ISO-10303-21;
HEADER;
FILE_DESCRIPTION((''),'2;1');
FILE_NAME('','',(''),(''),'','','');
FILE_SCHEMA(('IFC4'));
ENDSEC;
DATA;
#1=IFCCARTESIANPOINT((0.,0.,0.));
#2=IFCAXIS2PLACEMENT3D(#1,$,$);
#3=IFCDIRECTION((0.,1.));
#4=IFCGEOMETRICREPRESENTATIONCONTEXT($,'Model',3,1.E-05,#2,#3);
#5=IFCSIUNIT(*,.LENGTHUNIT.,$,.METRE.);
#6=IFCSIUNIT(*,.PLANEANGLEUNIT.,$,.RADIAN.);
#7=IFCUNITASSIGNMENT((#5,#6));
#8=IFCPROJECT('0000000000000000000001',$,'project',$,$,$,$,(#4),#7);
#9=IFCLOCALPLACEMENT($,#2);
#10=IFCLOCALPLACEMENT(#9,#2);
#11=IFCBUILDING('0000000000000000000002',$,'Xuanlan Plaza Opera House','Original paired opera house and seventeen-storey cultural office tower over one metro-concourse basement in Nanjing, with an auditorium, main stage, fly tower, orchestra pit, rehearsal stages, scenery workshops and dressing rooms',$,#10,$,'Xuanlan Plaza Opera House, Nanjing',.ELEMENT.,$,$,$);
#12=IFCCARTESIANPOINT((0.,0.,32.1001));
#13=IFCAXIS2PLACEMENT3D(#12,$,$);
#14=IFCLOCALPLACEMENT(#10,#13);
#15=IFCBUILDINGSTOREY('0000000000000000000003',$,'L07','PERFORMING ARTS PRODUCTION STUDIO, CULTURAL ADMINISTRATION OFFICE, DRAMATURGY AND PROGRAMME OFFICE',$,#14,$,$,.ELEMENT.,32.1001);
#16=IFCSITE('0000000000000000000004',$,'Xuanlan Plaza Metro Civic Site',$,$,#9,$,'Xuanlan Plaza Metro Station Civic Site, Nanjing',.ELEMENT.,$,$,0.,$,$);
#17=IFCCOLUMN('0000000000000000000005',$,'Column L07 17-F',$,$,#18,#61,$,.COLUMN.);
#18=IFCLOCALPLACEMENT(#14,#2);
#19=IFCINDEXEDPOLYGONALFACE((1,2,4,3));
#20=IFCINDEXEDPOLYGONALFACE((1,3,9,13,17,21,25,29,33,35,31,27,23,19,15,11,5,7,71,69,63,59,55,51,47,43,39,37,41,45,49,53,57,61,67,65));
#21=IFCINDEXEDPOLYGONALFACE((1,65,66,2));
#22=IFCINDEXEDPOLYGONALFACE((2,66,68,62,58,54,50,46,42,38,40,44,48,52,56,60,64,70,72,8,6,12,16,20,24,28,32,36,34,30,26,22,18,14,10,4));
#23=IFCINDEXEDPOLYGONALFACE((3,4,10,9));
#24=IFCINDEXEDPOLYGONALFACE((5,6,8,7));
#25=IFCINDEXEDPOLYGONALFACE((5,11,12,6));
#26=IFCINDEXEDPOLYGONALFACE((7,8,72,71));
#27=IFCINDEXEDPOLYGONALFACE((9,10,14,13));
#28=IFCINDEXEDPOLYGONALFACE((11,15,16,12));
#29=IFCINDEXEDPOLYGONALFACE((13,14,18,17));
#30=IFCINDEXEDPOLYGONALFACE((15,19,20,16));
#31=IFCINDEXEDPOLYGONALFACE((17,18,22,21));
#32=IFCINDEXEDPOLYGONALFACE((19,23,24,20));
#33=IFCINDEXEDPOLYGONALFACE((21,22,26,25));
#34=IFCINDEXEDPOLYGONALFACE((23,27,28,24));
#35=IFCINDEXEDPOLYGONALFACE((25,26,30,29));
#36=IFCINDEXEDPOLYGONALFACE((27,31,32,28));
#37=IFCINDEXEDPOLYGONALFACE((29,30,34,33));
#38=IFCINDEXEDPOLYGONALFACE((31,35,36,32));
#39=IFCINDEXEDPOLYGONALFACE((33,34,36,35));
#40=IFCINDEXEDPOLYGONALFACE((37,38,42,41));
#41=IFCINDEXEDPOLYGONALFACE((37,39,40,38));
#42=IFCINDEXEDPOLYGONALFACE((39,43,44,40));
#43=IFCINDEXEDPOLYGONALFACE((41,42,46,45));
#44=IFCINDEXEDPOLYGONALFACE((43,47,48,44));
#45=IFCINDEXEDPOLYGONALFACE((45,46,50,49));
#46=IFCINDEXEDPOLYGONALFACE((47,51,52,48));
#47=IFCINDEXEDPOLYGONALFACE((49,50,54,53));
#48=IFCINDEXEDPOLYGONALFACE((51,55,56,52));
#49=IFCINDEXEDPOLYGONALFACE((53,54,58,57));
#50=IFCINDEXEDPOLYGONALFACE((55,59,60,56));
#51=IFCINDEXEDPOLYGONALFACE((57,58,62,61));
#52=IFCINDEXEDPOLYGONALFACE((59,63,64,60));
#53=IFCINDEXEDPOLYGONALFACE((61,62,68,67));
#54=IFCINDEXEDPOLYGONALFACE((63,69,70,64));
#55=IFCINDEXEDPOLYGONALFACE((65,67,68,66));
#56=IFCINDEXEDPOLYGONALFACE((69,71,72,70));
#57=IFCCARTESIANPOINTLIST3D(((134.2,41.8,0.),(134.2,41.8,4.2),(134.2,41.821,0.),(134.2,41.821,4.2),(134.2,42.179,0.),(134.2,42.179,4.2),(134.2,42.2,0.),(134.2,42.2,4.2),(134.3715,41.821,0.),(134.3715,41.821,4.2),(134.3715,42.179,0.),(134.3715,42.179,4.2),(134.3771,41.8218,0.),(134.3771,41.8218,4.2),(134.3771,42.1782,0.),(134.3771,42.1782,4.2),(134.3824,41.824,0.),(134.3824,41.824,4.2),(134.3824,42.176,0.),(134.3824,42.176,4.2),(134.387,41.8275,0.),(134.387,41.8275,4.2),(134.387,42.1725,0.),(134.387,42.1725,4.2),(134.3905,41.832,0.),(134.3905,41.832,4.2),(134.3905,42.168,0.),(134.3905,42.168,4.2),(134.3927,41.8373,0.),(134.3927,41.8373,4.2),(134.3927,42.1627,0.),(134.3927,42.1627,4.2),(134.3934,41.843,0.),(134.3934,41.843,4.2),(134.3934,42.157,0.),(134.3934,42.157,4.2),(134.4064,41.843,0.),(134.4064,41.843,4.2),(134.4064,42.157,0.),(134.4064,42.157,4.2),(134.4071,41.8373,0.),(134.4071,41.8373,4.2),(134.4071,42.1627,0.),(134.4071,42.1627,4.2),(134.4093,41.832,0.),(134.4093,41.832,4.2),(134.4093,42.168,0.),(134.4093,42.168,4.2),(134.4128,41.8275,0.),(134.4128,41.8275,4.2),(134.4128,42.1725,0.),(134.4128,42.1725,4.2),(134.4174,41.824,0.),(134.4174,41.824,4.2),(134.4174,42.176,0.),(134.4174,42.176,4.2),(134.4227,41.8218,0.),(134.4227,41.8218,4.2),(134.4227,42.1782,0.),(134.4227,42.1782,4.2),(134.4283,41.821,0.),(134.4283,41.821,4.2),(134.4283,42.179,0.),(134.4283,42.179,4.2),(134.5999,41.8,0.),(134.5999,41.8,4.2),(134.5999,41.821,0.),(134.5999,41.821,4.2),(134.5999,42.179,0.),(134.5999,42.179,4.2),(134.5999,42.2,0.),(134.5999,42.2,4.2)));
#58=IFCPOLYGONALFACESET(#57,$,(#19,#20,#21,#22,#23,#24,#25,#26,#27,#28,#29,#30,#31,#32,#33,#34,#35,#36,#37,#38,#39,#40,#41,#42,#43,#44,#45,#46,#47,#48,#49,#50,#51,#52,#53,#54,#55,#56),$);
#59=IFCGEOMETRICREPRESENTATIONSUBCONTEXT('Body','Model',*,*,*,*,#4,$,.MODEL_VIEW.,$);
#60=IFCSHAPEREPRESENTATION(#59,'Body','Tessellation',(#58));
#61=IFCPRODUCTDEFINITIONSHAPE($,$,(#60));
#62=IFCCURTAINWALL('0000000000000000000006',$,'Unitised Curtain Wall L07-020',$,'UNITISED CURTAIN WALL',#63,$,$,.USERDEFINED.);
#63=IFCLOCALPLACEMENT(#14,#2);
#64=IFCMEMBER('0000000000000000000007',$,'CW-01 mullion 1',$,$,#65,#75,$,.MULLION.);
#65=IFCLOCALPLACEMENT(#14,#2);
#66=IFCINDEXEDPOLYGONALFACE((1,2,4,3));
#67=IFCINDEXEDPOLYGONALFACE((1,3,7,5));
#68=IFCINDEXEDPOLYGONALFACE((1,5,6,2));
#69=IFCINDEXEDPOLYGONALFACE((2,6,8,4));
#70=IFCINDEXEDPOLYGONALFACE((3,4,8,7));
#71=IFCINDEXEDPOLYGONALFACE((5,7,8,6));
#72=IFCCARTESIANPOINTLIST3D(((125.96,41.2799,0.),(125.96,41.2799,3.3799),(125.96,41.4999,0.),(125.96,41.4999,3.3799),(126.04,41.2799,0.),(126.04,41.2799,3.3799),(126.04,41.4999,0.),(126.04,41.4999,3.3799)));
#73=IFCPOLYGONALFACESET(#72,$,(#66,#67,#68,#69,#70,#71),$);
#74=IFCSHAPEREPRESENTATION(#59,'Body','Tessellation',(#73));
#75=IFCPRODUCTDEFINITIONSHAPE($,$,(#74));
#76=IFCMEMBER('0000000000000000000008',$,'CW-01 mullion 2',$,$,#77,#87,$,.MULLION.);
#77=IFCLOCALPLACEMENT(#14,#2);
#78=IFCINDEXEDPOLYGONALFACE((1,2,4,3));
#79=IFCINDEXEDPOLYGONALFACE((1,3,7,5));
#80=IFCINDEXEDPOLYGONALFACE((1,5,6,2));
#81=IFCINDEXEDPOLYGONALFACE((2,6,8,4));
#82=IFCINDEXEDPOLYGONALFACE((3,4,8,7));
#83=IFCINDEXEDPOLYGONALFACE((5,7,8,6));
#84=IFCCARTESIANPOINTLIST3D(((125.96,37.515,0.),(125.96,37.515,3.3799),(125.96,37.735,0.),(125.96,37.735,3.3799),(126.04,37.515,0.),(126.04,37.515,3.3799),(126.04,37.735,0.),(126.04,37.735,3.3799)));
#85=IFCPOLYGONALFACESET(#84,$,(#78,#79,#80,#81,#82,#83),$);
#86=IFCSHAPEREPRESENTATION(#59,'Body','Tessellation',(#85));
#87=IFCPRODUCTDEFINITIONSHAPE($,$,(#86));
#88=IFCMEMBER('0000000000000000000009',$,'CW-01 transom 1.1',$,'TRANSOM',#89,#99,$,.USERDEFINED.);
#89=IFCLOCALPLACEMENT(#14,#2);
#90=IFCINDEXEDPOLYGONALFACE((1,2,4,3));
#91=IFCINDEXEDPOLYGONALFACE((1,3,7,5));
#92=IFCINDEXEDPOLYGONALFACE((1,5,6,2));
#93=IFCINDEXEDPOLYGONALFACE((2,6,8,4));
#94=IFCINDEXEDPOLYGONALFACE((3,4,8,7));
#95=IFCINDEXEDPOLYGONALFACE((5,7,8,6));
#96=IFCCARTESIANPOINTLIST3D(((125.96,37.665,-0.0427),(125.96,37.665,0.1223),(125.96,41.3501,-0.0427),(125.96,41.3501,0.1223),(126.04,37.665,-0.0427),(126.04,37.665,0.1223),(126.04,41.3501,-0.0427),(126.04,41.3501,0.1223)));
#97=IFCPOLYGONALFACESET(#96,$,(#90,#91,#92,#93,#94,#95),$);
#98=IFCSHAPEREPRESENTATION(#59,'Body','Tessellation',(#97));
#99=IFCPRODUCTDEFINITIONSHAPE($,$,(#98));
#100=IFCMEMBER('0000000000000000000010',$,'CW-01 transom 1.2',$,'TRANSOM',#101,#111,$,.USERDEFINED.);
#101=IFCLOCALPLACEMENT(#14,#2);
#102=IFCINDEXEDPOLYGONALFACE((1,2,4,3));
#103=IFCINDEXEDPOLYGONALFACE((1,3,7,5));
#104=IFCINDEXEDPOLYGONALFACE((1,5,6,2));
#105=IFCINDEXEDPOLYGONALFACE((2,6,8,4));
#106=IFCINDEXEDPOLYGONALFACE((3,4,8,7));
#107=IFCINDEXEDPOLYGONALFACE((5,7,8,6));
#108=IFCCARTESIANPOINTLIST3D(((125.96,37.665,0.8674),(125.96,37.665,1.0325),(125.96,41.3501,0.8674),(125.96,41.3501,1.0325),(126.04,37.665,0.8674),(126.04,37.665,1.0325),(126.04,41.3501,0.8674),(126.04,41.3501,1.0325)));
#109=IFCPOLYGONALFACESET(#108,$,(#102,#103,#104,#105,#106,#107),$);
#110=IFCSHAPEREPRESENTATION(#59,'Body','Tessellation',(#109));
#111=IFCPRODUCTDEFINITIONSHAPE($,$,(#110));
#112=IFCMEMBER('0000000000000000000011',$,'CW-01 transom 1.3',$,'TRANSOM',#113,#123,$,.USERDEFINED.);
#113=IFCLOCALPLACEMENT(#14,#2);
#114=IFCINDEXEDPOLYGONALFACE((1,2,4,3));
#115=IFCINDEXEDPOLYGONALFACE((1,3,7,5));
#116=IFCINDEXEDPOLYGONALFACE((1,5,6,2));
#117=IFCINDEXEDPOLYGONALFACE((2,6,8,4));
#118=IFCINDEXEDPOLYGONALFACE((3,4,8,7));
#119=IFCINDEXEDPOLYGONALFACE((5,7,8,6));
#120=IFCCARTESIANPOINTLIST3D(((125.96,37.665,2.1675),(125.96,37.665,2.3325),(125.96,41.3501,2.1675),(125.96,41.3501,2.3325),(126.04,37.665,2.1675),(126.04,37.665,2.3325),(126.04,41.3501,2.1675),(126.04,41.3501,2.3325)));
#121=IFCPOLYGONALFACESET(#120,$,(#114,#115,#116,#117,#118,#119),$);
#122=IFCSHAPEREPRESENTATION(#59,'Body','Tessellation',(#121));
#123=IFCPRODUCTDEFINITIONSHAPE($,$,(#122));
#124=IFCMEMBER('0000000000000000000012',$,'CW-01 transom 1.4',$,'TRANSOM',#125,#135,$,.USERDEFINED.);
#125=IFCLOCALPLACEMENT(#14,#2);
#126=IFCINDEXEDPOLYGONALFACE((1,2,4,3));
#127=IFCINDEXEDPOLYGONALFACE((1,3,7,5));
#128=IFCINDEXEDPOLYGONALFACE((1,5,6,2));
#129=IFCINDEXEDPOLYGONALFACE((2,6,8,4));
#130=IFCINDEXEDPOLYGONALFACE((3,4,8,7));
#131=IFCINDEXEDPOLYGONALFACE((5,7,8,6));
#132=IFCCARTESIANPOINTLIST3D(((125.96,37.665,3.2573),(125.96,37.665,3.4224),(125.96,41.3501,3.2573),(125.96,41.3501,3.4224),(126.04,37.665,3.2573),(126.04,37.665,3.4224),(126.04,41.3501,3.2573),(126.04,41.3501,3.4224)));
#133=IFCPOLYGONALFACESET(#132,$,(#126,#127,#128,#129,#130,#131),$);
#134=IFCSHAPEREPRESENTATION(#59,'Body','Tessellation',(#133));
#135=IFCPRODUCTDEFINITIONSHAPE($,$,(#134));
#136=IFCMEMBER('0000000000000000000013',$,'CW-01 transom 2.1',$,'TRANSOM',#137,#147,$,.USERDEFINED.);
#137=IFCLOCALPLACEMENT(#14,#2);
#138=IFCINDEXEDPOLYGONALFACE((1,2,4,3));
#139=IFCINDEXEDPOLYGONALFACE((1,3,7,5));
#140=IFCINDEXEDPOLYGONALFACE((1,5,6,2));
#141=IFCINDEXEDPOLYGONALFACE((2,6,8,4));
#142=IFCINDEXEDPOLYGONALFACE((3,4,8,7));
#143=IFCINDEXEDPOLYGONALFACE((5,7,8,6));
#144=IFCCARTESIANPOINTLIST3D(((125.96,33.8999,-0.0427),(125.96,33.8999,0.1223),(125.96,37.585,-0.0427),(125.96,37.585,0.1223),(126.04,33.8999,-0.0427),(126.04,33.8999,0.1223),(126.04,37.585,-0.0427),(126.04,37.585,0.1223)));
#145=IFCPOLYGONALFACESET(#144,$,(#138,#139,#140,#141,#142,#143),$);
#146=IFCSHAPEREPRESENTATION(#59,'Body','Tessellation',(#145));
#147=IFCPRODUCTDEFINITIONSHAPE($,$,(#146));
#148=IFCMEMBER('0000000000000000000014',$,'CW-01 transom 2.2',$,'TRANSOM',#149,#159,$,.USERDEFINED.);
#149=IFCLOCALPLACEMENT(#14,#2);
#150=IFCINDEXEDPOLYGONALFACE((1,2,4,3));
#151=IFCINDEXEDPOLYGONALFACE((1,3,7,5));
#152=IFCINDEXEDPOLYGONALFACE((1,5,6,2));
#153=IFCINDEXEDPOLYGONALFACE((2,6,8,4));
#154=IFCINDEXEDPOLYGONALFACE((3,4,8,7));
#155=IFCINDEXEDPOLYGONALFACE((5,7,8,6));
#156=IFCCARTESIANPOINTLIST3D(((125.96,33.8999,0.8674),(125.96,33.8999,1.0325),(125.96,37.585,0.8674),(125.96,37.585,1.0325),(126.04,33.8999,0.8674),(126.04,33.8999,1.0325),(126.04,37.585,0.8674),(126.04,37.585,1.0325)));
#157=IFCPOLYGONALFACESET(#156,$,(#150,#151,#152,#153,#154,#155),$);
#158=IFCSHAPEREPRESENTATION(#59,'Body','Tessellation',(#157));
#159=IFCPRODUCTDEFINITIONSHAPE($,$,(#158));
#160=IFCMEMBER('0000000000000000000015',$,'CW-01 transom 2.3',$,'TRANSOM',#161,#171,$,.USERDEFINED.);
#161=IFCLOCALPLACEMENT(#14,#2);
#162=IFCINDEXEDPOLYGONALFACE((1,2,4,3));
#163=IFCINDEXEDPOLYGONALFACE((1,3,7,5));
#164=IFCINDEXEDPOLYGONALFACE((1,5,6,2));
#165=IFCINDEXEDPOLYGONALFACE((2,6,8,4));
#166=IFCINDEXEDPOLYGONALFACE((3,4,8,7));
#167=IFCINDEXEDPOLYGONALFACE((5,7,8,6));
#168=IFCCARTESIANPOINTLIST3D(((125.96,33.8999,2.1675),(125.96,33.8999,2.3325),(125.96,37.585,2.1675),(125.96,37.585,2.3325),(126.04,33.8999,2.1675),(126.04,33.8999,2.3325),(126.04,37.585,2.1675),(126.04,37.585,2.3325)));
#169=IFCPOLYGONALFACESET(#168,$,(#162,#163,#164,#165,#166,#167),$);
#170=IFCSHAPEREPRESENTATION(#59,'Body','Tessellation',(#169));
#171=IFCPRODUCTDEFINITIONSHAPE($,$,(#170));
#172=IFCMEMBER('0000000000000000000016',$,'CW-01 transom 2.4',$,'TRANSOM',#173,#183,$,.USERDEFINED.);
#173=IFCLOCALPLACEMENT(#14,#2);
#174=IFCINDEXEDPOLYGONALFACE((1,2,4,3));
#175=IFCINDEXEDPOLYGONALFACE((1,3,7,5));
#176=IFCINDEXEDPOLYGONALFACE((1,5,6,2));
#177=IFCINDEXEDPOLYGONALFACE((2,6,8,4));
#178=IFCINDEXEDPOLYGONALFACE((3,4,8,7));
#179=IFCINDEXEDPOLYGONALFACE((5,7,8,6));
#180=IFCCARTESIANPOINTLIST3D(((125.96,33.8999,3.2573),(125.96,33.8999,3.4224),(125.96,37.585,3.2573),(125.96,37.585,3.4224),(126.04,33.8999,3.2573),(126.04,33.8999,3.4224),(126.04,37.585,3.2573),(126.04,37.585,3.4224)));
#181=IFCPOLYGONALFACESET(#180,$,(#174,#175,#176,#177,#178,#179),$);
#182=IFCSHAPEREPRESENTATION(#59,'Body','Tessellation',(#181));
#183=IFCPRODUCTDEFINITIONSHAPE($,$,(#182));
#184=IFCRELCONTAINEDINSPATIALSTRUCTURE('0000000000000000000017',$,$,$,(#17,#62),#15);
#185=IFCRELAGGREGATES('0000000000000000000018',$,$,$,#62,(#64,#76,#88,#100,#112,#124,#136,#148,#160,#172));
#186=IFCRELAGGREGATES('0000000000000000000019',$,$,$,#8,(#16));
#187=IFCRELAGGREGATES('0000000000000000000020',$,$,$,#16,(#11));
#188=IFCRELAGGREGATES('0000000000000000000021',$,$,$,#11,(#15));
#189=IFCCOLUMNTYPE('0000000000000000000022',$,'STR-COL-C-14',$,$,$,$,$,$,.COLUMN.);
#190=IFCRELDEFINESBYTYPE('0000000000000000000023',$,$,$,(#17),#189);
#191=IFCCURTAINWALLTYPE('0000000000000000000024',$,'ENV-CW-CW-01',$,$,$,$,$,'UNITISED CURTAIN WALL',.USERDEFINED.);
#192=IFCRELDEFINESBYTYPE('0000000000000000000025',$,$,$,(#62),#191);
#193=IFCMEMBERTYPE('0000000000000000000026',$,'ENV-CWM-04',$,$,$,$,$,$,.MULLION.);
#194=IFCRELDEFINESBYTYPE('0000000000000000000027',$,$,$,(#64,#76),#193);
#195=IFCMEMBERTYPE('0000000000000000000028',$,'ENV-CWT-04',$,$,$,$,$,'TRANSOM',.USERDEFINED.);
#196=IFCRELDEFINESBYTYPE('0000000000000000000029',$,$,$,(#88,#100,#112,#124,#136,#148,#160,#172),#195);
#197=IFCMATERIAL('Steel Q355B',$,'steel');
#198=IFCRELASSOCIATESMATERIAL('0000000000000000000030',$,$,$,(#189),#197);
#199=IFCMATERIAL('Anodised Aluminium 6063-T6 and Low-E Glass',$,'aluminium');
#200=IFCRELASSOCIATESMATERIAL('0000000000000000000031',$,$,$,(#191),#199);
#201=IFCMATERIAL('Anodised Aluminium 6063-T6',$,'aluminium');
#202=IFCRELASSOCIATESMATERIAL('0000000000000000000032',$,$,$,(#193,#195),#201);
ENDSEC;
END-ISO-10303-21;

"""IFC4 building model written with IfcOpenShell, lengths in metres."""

from ifc_helpers import new_model, si_unit, direction, frame, origin, origin_2d, place, context, subcontext, project, spatial, rectangle, i_section, extrude, material, material_profile, profile_set, type_object, element, aggregate, save


model = new_model("IFC4")

# Units and contexts
model_context = context("Model", 3, precision=1e-05, world=origin(), true_north=direction((0.0, 1.0)))
body_context = subcontext(model_context, "Body", "Model", "MODEL_VIEW")
ifc_project = project(units=[si_unit("LENGTHUNIT", "METRE"), si_unit("PLANEANGLEUNIT", "RADIAN")], contexts=[model_context])

# Site, building, storey
site_placement = place(None, origin())
site = spatial("IfcSite", under=ifc_project, at=site_placement, Name="Xuanlan Plaza Metro Civic Site", LongName="Xuanlan Plaza Metro Station Civic Site, Nanjing", CompositionType="ELEMENT", RefElevation=0.0)
building_placement = place(site_placement, origin())
building = spatial("IfcBuilding", under=site, at=building_placement, Name="Xuanlan Plaza Opera House", Description="Original paired opera house and seventeen-storey cultural office tower over one metro-concourse basement in Nanjing, with an auditorium, main stage, fly tower, orchestra pit, rehearsal stages, scenery workshops and dressing rooms", LongName="Xuanlan Plaza Opera House, Nanjing", CompositionType="ELEMENT")
storey_placement = place(building_placement, frame((0.0, 0.0, 32.1001)))
storey = spatial("IfcBuildingStorey", under=building, at=storey_placement, Name="L07", Description="PERFORMING ARTS PRODUCTION STUDIO, CULTURAL ADMINISTRATION OFFICE, DRAMATURGY AND PROGRAMME OFFICE", CompositionType="ELEMENT", Elevation=32.1001)

# Column
ifc_material_1 = material(Name="Steel Q355B", Category="steel")
ifc_material_profile_1 = material_profile(ifc_material_1, i_section(OverallWidth=0.3999, OverallDepth=0.3999, WebThickness=0.0129, FlangeThickness=0.021, FilletRadius=0.022, at=origin_2d()), Name="HW 400x400x13x21")
ifc_profile_set_1 = profile_set([ifc_material_profile_1], Name="Steel Q355B")
column_type = type_object("IfcColumnType", Name="STR-COL-C-14", PredefinedType="COLUMN", material=ifc_profile_set_1)
column_placement = place(storey_placement, frame((134.3999, 42.0, 0.0), z_axis=(0.0, 0.0, 1.0), x_axis=(1.0, 0.0, 0.0)))
element("IfcColumn", 1, at=column_placement, inside=storey, type_object=column_type, Name="Column L07 17-F", PredefinedType="COLUMN", context=body_context, shape_type="SweptSolid", body=[
    extrude(i_section(OverallWidth=0.3999, OverallDepth=0.3999, WebThickness=0.0129, FlangeThickness=0.021, FilletRadius=0.022, at=origin_2d()), origin(), (0.0, 0.0, 1.0), 4.2),
])

# Curtain wall, members
ifc_material_2 = material(Name="Anodised Aluminium 6063-T6 and Low-E Glass", Category="aluminium")
curtain_wall_type = type_object("IfcCurtainWallType", Name="ENV-CW-CW-01", ElementType="UNITISED CURTAIN WALL", PredefinedType="USERDEFINED", material=ifc_material_2)
curtain_wall_placement = place(storey_placement, origin())
curtain_wall = element("IfcCurtainWall", 2, at=curtain_wall_placement, inside=storey, type_object=curtain_wall_type, Name="Unitised Curtain Wall L07-020", ObjectType="UNITISED CURTAIN WALL", PredefinedType="USERDEFINED")
ifc_material_3 = material(Name="Anodised Aluminium 6063-T6", Category="aluminium")
ifc_material_profile_2 = material_profile(ifc_material_3, rectangle(XDim=0.0801, YDim=0.22, at=origin_2d()), Name="ALU-M 80x220")
ifc_profile_set_2 = profile_set([ifc_material_profile_2], Name="Anodised Aluminium 6063-T6")
member_type_1 = type_object("IfcMemberType", Name="ENV-CWM-04", PredefinedType="MULLION", material=ifc_profile_set_2)
member_1_placement = place(storey_placement, frame((126.0, 41.3899, 0.0), z_axis=(0.0, 0.0, 1.0), x_axis=(1.0, 0.0, 0.0)))
member_1 = element("IfcMember", 3, at=member_1_placement, type_object=member_type_1, Name="CW-01 mullion 1", PredefinedType="MULLION", context=body_context, shape_type="SweptSolid", body=[
    extrude(rectangle(XDim=0.0801, YDim=0.22, at=origin_2d()), origin(), (0.0, 0.0, 1.0), 3.3799),
])
member_2_placement = place(storey_placement, frame((126.0, 37.625, 0.0), z_axis=(0.0, 0.0, 1.0), x_axis=(1.0, 0.0, 0.0)))
member_2 = element("IfcMember", 4, at=member_2_placement, type_object=member_type_1, Name="CW-01 mullion 2", PredefinedType="MULLION", context=body_context, shape_type="SweptSolid", body=[
    extrude(rectangle(XDim=0.0801, YDim=0.22, at=origin_2d()), origin(), (0.0, 0.0, 1.0), 3.3799),
])
ifc_material_profile_3 = material_profile(ifc_material_3, rectangle(XDim=0.0801, YDim=0.165, at=origin_2d()), Name="ALU-T 80x165")
ifc_profile_set_3 = profile_set([ifc_material_profile_3], Name="Anodised Aluminium 6063-T6")
member_type_2 = type_object("IfcMemberType", Name="ENV-CWT-04", ElementType="TRANSOM", PredefinedType="USERDEFINED", material=ifc_profile_set_3)
member_3_placement = place(storey_placement, frame((126.0, 41.3501, 0.0398), z_axis=(0.0, -1.0, 0.0), x_axis=(1.0, 0.0, 0.0)))
member_3 = element("IfcMember", 5, at=member_3_placement, type_object=member_type_2, Name="CW-01 transom 1.1", ObjectType="TRANSOM", PredefinedType="USERDEFINED", context=body_context, shape_type="SweptSolid", body=[
    extrude(rectangle(XDim=0.0801, YDim=0.165, at=origin_2d()), origin(), (0.0, 0.0, 1.0), 3.6851),
])
member_4_placement = place(storey_placement, frame((126.0, 41.3501, 0.95), z_axis=(0.0, -1.0, 0.0), x_axis=(1.0, 0.0, 0.0)))
member_4 = element("IfcMember", 6, at=member_4_placement, type_object=member_type_2, Name="CW-01 transom 1.2", ObjectType="TRANSOM", PredefinedType="USERDEFINED", context=body_context, shape_type="SweptSolid", body=[
    extrude(rectangle(XDim=0.0801, YDim=0.165, at=origin_2d()), origin(), (0.0, 0.0, 1.0), 3.6851),
])
member_5_placement = place(storey_placement, frame((126.0, 41.3501, 2.25), z_axis=(0.0, -1.0, 0.0), x_axis=(1.0, 0.0, 0.0)))
member_5 = element("IfcMember", 7, at=member_5_placement, type_object=member_type_2, Name="CW-01 transom 1.3", ObjectType="TRANSOM", PredefinedType="USERDEFINED", context=body_context, shape_type="SweptSolid", body=[
    extrude(rectangle(XDim=0.0801, YDim=0.165, at=origin_2d()), origin(), (0.0, 0.0, 1.0), 3.6851),
])
member_6_placement = place(storey_placement, frame((126.0, 41.3501, 3.3398), z_axis=(0.0, -1.0, 0.0), x_axis=(1.0, 0.0, 0.0)))
member_6 = element("IfcMember", 8, at=member_6_placement, type_object=member_type_2, Name="CW-01 transom 1.4", ObjectType="TRANSOM", PredefinedType="USERDEFINED", context=body_context, shape_type="SweptSolid", body=[
    extrude(rectangle(XDim=0.0801, YDim=0.165, at=origin_2d()), origin(), (0.0, 0.0, 1.0), 3.6851),
])
member_7_placement = place(storey_placement, frame((126.0, 37.585, 0.0398), z_axis=(0.0, -1.0, 0.0), x_axis=(1.0, 0.0, 0.0)))
member_7 = element("IfcMember", 9, at=member_7_placement, type_object=member_type_2, Name="CW-01 transom 2.1", ObjectType="TRANSOM", PredefinedType="USERDEFINED", context=body_context, shape_type="SweptSolid", body=[
    extrude(rectangle(XDim=0.0801, YDim=0.165, at=origin_2d()), origin(), (0.0, 0.0, 1.0), 3.6851),
])
member_8_placement = place(storey_placement, frame((126.0, 37.585, 0.95), z_axis=(0.0, -1.0, 0.0), x_axis=(1.0, 0.0, 0.0)))
member_8 = element("IfcMember", 10, at=member_8_placement, type_object=member_type_2, Name="CW-01 transom 2.2", ObjectType="TRANSOM", PredefinedType="USERDEFINED", context=body_context, shape_type="SweptSolid", body=[
    extrude(rectangle(XDim=0.0801, YDim=0.165, at=origin_2d()), origin(), (0.0, 0.0, 1.0), 3.6851),
])
member_9_placement = place(storey_placement, frame((126.0, 37.585, 2.25), z_axis=(0.0, -1.0, 0.0), x_axis=(1.0, 0.0, 0.0)))
member_9 = element("IfcMember", 11, at=member_9_placement, type_object=member_type_2, Name="CW-01 transom 2.3", ObjectType="TRANSOM", PredefinedType="USERDEFINED", context=body_context, shape_type="SweptSolid", body=[
    extrude(rectangle(XDim=0.0801, YDim=0.165, at=origin_2d()), origin(), (0.0, 0.0, 1.0), 3.6851),
])
member_10_placement = place(storey_placement, frame((126.0, 37.585, 3.3398), z_axis=(0.0, -1.0, 0.0), x_axis=(1.0, 0.0, 0.0)))
member_10 = element("IfcMember", 12, at=member_10_placement, type_object=member_type_2, Name="CW-01 transom 2.4", ObjectType="TRANSOM", PredefinedType="USERDEFINED", context=body_context, shape_type="SweptSolid", body=[
    extrude(rectangle(XDim=0.0801, YDim=0.165, at=origin_2d()), origin(), (0.0, 0.0, 1.0), 3.6851),
])

aggregate(curtain_wall, [member_1, member_2, member_3, member_4, member_5, member_6, member_7, member_8, member_9, member_10])

save(model, "model.ifc")
